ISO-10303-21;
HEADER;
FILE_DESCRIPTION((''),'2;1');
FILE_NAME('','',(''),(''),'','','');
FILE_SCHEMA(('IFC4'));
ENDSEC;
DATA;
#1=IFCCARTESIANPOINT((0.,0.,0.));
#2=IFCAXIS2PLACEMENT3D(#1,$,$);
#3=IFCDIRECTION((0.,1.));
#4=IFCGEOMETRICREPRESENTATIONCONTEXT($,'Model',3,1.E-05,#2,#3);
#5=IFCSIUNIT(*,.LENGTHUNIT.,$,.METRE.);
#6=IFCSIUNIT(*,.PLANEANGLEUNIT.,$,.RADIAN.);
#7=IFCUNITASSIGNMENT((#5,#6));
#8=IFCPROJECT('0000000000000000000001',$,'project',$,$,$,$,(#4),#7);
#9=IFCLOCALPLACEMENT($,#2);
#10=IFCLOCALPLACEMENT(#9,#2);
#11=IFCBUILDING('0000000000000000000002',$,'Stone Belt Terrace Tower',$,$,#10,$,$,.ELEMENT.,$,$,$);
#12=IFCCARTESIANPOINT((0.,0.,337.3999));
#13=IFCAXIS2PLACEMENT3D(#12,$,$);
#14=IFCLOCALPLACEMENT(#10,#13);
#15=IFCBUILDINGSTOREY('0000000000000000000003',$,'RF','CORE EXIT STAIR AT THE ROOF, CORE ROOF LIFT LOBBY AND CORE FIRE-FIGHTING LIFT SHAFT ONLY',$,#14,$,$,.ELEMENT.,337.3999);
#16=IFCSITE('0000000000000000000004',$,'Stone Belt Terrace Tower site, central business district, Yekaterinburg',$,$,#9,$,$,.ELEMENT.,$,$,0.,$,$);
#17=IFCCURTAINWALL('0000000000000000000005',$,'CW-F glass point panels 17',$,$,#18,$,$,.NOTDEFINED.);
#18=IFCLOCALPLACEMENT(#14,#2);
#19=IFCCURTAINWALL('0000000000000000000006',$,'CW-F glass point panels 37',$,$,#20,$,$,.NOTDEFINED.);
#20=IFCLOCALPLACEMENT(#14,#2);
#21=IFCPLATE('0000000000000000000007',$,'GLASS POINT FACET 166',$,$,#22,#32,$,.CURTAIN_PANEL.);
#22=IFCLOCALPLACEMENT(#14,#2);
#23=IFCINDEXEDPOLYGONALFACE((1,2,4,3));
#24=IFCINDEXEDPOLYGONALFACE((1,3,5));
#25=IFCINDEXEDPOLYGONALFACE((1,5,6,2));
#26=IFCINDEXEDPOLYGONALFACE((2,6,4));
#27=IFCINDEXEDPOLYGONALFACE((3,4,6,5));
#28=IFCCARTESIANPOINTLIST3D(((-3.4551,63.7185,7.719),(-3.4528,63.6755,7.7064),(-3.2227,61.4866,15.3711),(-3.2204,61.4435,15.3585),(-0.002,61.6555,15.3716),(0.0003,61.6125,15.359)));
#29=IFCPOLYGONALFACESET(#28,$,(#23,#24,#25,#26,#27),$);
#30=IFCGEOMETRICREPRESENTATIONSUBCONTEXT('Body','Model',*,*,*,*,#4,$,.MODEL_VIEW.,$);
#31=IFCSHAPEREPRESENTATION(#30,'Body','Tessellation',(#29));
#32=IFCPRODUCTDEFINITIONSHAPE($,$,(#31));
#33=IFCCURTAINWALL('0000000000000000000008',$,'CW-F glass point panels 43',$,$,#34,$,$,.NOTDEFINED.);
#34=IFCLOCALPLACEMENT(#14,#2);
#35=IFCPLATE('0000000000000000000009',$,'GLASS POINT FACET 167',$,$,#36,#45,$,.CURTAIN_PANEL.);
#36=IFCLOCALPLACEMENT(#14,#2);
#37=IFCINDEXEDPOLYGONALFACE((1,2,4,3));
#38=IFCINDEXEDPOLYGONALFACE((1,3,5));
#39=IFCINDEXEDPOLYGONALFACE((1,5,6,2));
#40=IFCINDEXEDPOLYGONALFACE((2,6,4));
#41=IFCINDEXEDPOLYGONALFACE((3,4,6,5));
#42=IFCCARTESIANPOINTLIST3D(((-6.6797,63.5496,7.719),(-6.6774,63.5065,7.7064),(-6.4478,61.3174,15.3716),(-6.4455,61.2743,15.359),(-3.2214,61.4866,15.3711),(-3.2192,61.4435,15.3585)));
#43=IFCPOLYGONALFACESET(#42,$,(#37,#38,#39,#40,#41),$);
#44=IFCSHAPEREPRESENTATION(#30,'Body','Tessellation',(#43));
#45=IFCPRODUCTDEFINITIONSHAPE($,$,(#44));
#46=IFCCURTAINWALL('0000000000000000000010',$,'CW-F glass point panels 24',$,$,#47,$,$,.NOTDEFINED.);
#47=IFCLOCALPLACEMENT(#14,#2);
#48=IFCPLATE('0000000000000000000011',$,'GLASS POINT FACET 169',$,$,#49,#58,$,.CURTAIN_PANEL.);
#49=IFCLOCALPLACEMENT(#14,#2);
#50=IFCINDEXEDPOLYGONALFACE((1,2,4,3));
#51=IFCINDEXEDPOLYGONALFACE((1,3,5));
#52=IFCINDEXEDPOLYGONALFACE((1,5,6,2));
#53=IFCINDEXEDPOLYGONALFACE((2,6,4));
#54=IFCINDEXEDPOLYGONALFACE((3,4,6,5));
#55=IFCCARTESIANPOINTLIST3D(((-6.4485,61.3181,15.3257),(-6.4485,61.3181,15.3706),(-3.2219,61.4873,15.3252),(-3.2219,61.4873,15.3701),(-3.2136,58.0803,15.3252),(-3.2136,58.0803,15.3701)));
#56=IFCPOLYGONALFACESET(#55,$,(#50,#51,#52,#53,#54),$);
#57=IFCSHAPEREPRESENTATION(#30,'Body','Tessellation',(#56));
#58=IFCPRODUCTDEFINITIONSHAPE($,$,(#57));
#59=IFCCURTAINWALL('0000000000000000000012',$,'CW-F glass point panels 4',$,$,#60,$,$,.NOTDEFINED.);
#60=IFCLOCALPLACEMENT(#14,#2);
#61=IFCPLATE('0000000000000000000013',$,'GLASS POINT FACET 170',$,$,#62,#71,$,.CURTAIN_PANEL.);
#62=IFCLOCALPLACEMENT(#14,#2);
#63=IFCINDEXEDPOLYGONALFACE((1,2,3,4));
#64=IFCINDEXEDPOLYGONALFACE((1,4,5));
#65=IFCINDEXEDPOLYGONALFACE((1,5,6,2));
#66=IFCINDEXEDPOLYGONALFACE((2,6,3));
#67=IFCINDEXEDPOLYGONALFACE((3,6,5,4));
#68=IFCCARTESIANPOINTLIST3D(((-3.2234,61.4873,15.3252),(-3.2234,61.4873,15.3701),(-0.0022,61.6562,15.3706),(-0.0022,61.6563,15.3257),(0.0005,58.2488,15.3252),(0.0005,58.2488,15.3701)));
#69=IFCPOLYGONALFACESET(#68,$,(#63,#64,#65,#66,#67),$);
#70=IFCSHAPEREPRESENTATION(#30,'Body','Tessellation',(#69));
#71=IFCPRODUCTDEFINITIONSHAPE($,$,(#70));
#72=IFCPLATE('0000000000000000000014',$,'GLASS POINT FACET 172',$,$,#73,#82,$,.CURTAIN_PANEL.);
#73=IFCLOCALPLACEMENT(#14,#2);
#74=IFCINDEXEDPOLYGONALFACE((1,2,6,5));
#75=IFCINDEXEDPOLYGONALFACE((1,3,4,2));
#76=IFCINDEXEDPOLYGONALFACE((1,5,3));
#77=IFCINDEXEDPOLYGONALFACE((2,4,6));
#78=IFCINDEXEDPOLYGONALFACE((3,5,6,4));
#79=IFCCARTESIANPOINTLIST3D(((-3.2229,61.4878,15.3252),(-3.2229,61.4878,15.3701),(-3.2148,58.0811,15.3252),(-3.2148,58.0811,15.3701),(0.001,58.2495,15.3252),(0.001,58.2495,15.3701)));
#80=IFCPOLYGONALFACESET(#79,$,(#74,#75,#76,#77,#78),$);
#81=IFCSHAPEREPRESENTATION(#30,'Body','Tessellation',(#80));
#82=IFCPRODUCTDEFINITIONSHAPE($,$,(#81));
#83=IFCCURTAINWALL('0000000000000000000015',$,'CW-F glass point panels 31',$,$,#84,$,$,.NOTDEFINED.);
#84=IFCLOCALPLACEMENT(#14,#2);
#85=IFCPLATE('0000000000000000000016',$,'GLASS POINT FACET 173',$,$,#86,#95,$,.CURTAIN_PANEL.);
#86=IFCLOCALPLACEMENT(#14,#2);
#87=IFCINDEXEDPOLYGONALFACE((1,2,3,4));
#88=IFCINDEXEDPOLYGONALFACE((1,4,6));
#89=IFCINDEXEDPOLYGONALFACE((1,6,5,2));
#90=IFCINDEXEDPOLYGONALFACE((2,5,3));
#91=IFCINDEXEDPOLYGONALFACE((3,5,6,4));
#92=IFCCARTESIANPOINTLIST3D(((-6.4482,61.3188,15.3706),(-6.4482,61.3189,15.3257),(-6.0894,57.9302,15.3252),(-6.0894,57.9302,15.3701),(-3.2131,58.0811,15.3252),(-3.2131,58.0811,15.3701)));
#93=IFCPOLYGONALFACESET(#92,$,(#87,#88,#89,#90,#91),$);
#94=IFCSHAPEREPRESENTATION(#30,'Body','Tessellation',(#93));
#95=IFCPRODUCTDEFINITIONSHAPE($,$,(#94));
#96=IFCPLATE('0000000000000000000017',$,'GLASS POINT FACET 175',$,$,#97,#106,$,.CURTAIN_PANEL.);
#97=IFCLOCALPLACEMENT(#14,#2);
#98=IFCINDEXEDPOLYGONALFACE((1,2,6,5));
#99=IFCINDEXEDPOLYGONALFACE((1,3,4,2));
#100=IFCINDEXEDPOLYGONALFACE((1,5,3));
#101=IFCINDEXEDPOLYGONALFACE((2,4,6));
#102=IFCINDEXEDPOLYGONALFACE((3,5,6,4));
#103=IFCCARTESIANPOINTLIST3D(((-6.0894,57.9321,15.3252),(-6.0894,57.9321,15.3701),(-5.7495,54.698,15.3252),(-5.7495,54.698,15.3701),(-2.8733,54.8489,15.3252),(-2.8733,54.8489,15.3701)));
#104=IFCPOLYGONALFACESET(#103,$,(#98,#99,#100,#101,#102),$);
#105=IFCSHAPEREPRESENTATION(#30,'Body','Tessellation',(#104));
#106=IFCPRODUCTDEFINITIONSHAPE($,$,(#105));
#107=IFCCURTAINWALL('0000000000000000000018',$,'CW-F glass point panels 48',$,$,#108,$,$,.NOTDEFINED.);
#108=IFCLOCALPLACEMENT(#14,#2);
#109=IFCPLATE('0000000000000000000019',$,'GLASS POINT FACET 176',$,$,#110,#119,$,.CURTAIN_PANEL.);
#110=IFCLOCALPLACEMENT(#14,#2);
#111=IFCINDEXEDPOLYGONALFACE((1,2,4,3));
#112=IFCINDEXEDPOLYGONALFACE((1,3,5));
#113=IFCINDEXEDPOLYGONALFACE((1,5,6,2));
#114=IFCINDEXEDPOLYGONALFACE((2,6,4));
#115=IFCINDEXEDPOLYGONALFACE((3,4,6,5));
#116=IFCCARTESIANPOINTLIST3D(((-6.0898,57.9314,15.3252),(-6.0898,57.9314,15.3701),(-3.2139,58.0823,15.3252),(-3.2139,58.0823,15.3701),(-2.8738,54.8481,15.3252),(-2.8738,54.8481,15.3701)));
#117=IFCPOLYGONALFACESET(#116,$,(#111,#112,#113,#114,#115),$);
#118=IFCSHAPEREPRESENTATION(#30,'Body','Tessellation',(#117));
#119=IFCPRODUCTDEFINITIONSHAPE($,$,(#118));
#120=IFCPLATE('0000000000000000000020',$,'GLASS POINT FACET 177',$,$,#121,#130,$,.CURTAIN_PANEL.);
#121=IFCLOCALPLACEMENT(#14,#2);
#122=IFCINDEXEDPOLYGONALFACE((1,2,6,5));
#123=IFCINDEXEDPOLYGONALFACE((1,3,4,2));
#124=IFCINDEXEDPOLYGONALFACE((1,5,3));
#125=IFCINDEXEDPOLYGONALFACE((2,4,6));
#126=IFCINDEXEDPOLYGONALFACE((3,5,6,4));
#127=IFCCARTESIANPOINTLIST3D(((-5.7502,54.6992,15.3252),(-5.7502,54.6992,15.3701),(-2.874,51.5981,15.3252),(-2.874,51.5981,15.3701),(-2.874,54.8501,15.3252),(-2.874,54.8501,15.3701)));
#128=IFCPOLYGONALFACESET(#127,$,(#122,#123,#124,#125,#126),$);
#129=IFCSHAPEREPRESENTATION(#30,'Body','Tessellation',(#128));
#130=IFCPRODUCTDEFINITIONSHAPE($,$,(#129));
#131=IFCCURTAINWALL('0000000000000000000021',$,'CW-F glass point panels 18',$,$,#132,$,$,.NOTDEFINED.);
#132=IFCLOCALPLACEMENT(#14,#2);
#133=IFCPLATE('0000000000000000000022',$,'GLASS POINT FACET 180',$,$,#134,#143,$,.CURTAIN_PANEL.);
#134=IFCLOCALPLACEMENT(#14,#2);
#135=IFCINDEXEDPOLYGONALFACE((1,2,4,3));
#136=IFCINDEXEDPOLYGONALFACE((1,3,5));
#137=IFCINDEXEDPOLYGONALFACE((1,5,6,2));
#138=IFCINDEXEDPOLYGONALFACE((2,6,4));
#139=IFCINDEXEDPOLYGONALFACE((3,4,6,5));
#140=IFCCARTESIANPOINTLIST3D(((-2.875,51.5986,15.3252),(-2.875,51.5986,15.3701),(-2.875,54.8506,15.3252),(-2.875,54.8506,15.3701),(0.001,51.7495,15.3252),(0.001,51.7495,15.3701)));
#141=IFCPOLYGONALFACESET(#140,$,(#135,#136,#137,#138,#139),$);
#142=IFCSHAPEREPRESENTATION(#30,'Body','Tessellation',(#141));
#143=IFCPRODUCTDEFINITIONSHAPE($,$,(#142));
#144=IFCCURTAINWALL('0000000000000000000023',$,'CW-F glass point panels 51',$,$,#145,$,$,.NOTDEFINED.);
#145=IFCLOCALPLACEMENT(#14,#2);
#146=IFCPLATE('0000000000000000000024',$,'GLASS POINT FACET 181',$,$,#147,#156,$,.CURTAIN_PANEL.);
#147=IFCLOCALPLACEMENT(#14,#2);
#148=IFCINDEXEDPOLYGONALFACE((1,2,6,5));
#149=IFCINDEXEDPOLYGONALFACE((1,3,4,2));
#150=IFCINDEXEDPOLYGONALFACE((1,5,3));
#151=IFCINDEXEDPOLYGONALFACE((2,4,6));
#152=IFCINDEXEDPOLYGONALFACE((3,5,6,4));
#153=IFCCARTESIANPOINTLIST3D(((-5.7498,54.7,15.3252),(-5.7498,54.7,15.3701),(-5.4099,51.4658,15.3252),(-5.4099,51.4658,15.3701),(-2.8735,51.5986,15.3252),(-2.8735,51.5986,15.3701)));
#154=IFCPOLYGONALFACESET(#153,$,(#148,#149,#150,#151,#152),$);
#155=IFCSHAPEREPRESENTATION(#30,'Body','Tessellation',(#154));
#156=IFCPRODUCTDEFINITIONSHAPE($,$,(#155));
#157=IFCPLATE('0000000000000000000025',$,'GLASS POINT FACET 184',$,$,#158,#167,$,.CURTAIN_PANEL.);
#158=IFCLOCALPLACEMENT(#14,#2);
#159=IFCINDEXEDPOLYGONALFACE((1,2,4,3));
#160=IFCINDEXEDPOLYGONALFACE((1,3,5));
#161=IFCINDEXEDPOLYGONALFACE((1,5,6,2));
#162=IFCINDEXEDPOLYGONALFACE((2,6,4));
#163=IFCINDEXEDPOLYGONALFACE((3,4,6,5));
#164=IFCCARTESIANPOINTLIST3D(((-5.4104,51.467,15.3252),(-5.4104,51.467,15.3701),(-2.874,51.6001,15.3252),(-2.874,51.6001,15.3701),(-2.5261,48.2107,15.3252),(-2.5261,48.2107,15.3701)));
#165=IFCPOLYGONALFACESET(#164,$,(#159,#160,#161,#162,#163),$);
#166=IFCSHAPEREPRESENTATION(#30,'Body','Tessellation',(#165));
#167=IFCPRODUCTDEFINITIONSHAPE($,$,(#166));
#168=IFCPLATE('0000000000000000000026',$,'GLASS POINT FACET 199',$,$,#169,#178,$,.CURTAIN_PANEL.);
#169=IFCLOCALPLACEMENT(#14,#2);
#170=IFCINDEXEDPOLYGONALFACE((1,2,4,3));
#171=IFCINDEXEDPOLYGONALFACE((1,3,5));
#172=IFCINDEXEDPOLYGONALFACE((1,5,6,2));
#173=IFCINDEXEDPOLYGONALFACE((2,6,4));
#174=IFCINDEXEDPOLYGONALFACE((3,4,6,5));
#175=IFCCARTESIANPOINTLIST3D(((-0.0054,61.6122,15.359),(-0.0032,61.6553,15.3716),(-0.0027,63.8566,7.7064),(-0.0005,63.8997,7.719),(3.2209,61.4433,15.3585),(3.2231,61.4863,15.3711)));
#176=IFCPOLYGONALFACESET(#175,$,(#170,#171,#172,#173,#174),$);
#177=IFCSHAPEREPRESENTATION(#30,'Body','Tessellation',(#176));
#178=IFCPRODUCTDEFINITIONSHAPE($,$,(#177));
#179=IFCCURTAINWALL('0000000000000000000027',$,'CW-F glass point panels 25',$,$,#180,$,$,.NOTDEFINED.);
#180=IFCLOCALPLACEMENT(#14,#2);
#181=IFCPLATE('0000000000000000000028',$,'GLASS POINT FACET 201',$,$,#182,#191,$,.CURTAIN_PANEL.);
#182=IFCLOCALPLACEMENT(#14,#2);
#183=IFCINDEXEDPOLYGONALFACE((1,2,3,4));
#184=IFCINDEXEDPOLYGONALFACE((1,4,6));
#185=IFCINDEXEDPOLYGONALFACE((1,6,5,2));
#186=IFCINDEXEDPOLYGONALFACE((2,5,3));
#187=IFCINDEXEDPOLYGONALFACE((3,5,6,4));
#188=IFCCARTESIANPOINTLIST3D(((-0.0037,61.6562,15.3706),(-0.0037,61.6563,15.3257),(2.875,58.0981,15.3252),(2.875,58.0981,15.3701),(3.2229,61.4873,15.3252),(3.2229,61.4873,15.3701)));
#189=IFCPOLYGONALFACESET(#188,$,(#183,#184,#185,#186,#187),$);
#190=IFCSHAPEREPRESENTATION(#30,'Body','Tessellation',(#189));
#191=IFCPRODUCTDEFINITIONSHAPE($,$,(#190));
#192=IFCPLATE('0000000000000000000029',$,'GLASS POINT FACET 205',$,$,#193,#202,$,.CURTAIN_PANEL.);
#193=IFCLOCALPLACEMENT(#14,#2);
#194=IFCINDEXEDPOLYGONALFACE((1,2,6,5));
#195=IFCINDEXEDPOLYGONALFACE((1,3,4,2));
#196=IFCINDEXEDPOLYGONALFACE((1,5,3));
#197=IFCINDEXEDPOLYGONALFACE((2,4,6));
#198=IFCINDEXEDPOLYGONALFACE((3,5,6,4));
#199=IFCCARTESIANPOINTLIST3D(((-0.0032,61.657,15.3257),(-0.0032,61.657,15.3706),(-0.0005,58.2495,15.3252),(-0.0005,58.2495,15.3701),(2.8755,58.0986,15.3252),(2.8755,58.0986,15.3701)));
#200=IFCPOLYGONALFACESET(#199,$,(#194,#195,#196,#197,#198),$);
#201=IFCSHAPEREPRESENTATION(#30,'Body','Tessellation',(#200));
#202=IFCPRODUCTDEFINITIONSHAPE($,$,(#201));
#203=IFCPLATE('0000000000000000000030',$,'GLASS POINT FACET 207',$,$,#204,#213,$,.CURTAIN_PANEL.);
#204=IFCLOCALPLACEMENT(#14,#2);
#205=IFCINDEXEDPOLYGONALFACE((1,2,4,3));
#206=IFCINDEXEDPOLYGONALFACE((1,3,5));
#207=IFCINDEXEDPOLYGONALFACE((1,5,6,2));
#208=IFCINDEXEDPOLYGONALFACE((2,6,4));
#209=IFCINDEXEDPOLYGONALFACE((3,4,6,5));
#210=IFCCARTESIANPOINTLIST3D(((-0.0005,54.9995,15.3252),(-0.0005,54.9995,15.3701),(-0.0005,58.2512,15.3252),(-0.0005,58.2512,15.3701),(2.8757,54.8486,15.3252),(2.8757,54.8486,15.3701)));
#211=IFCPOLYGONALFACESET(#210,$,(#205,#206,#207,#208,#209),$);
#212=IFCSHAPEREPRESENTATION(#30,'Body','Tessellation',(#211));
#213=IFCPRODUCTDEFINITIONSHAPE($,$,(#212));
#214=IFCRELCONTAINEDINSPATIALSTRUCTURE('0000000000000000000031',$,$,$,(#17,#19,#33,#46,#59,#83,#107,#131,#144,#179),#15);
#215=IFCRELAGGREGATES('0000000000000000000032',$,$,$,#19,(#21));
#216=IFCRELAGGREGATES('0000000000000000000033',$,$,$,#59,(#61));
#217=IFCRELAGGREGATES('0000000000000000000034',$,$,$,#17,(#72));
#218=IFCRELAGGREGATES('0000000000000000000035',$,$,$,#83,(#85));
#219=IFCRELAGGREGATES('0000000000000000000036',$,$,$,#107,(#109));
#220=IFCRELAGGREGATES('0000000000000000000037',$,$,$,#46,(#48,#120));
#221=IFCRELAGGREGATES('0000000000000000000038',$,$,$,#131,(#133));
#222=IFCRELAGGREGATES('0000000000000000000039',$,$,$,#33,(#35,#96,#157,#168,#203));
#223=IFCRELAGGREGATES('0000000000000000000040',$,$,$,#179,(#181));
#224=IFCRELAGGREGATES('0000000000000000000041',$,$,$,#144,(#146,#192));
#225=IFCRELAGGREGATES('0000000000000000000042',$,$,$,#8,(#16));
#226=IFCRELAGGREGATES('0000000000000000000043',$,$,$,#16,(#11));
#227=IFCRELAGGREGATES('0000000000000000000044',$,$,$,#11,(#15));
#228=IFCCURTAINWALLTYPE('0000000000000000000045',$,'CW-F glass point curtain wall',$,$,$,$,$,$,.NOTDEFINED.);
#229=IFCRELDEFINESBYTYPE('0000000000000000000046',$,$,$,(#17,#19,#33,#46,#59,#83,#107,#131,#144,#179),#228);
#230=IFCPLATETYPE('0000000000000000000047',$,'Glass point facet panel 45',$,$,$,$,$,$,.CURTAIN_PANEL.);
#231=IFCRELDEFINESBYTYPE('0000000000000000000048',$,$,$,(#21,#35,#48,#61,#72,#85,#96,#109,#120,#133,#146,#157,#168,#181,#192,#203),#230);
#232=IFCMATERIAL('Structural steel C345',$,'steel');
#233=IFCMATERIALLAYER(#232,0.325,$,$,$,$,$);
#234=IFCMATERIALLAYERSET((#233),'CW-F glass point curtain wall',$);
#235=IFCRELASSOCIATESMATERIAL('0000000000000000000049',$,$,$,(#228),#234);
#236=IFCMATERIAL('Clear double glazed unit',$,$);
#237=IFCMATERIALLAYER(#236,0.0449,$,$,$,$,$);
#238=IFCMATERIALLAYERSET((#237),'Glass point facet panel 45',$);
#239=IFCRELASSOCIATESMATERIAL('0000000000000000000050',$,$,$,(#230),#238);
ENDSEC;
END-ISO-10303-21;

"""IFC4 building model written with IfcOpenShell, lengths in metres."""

from ifc_helpers import new_model, si_unit, direction, frame, origin, place, context, subcontext, project, spatial, polyline, outline, extrude, material, layer, layer_set, type_object, element, aggregate, save


model = new_model("IFC4")

# Units and contexts
model_context = context("Model", 3, precision=1e-05, world=origin(), true_north=direction((0.0, 1.0)))
body_context = subcontext(model_context, "Body", "Model", "MODEL_VIEW")
ifc_project = project(units=[si_unit("LENGTHUNIT", "METRE"), si_unit("PLANEANGLEUNIT", "RADIAN")], contexts=[model_context])

# Site, building, storey
site_placement = place(None, origin())
site = spatial("IfcSite", under=ifc_project, at=site_placement, Name="Stone Belt Terrace Tower site, central business district, Yekaterinburg", CompositionType="ELEMENT", RefElevation=0.0)
building_placement = place(site_placement, origin())
building = spatial("IfcBuilding", under=site, at=building_placement, Name="Stone Belt Terrace Tower", CompositionType="ELEMENT")
storey_placement = place(building_placement, frame((0.0, 0.0, 337.3999)))
storey = spatial("IfcBuildingStorey", under=building, at=storey_placement, Name="RF", Description="CORE EXIT STAIR AT THE ROOF, CORE ROOF LIFT LOBBY AND CORE FIRE-FIGHTING LIFT SHAFT ONLY", CompositionType="ELEMENT", Elevation=337.3999)

# Shared definitions
ifc_material_1 = material(Name="Structural steel C345", Category="steel")

# Curtain walls
ifc_layer_1 = layer(ifc_material_1, 0.325)
ifc_layer_set_1 = layer_set([ifc_layer_1], Name="CW-F glass point curtain wall")
curtain_wall_type = type_object("IfcCurtainWallType", Name="CW-F glass point curtain wall", PredefinedType="NOTDEFINED", material=ifc_layer_set_1)
curtain_wall_1_placement = place(storey_placement, origin())
curtain_wall_1 = element("IfcCurtainWall", 1, at=curtain_wall_1_placement, inside=storey, type_object=curtain_wall_type, Name="CW-F glass point panels 17", PredefinedType="NOTDEFINED")
ifc_material_2 = material(Name="Clear double glazed unit")
ifc_layer_2 = layer(ifc_material_2, 0.0449)
ifc_layer_set_2 = layer_set([ifc_layer_2], Name="Glass point facet panel 45")
plate_type = type_object("IfcPlateType", Name="Glass point facet panel 45", PredefinedType="CURTAIN_PANEL", material=ifc_layer_set_2)
curtain_wall_2_placement = place(storey_placement, origin())
curtain_wall_2 = element("IfcCurtainWall", 2, at=curtain_wall_2_placement, inside=storey, type_object=curtain_wall_type, Name="CW-F glass point panels 37", PredefinedType="NOTDEFINED")

# Plate
plate_1_placement = place(storey_placement, frame((-0.002, 61.6555, 15.3716), z_axis=(-0.050315, 0.95837, 0.281062), x_axis=(-0.998627, -0.052384, -0.000151)))
plate_1 = element("IfcPlate", 3, at=plate_1_placement, type_object=plate_type, Name="GLASS POINT FACET 166", PredefinedType="CURTAIN_PANEL", context=body_context, shape_type="SweptSolid", body=[
    extrude(outline(polyline([(0.0, 0.0), (3.2251, 0.0), (3.3415, -7.9735), (0.0, 0.0)])), origin(), (0.0, 0.0, -1.0), 0.0449),
])
aggregate(curtain_wall_2, [plate_1])

# Curtain walls, plates
curtain_wall_3_placement = place(storey_placement, origin())
curtain_wall_3 = element("IfcCurtainWall", 4, at=curtain_wall_3_placement, inside=storey, type_object=curtain_wall_type, Name="CW-F glass point panels 43", PredefinedType="NOTDEFINED")
plate_2_placement = place(storey_placement, frame((-6.4478, 61.3174, 15.3716), z_axis=(-0.050215, 0.958373, 0.281069), x_axis=(-0.029083, 0.279902, -0.959588)))
plate_2 = element("IfcPlate", 5, at=plate_2_placement, type_object=plate_type, Name="GLASS POINT FACET 167", PredefinedType="CURTAIN_PANEL", context=body_context, shape_type="SweptSolid", body=[
    extrude(outline(polyline([(0.0, 0.0), (7.9749, 0.0), (-0.046, -3.2304), (0.0, 0.0)])), origin(), (0.0, 0.0, -1.0), 0.0449),
])
curtain_wall_4_placement = place(storey_placement, origin())
curtain_wall_4 = element("IfcCurtainWall", 6, at=curtain_wall_4_placement, inside=storey, type_object=curtain_wall_type, Name="CW-F glass point panels 24", PredefinedType="NOTDEFINED")
plate_3_placement = place(storey_placement, frame((-6.4485, 61.3181, 15.3706), z_axis=(0.000151, 0.0, 1.0), x_axis=(0.998628, 0.052364, -0.000151)))
plate_3 = element("IfcPlate", 7, at=plate_3_placement, type_object=plate_type, Name="GLASS POINT FACET 169", PredefinedType="CURTAIN_PANEL", context=body_context, shape_type="SweptSolid", body=[
    extrude(outline(polyline([(0.0, 0.0), (3.231, 0.0), (3.0609, -3.4027), (0.0, 0.0)])), origin(), (0.0, 0.0, -1.0), 0.0449),
])
curtain_wall_5_placement = place(storey_placement, origin())
curtain_wall_5 = element("IfcCurtainWall", 8, at=curtain_wall_5_placement, inside=storey, type_object=curtain_wall_type, Name="CW-F glass point panels 4", PredefinedType="NOTDEFINED")
plate_4_placement = place(storey_placement, frame((-0.0022, 61.6562, 15.3706), z_axis=(-0.000144, -0.000143, 1.0), x_axis=(0.000788, -1.0, -0.000143)))
plate_4 = element("IfcPlate", 9, at=plate_4_placement, type_object=plate_type, Name="GLASS POINT FACET 170", PredefinedType="CURTAIN_PANEL", context=body_context, shape_type="SweptSolid", body=[
    extrude(outline(polyline([(0.0, 0.0), (3.4075, 0.0), (0.1664, -3.2213), (0.0, 0.0)])), origin(), (0.0, 0.0, -1.0), 0.0449),
])
aggregate(curtain_wall_5, [plate_4])

# Plate
plate_5_placement = place(storey_placement, frame((-3.2229, 61.4878, 15.3701), z_axis=(0.0, 0.0, 1.0), x_axis=(0.705529, -0.708681, 0.0)))
plate_5 = element("IfcPlate", 10, at=plate_5_placement, type_object=plate_type, Name="GLASS POINT FACET 172", PredefinedType="CURTAIN_PANEL", context=body_context, shape_type="SweptSolid", body=[
    extrude(outline(polyline([(0.0, 0.0), (4.5694, 0.0), (2.42, -2.3978), (0.0, 0.0)])), origin(), (0.0, 0.0, -1.0), 0.0449),
])
aggregate(curtain_wall_1, [plate_5])

# Curtain wall, plate
curtain_wall_6_placement = place(storey_placement, origin())
curtain_wall_6 = element("IfcCurtainWall", 11, at=curtain_wall_6_placement, inside=storey, type_object=curtain_wall_type, Name="CW-F glass point panels 31", PredefinedType="NOTDEFINED")
plate_6_placement = place(storey_placement, frame((-6.4482, 61.3188, 15.3706), z_axis=(0.000008, -0.000143, 1.0), x_axis=(0.706813, -0.7074, -0.000107)))
plate_6 = element("IfcPlate", 12, at=plate_6_placement, type_object=plate_type, Name="GLASS POINT FACET 173", PredefinedType="CURTAIN_PANEL", context=body_context, shape_type="SweptSolid", body=[
    extrude(outline(polyline([(0.0, 0.0), (4.577, 0.0), (2.6508, -2.1413), (0.0, 0.0)])), origin(), (0.0, 0.0, -1.0), 0.0449),
])
aggregate(curtain_wall_6, [plate_6])

# Plate
plate_7_placement = place(storey_placement, frame((-5.7495, 54.698, 15.3701), z_axis=(0.0, 0.0, 1.0), x_axis=(-0.104505, 0.994524, 0.0)))
plate_7 = element("IfcPlate", 13, at=plate_7_placement, type_object=plate_type, Name="GLASS POINT FACET 175", PredefinedType="CURTAIN_PANEL", context=body_context, shape_type="SweptSolid", body=[
    extrude(outline(polyline([(0.0, 0.0), (3.2519, 0.0), (-0.1505, -2.8762), (0.0, 0.0)])), origin(), (0.0, 0.0, -1.0), 0.0449),
])

# Curtain wall, plate
curtain_wall_7_placement = place(storey_placement, origin())
curtain_wall_7 = element("IfcCurtainWall", 14, at=curtain_wall_7_placement, inside=storey, type_object=curtain_wall_type, Name="CW-F glass point panels 48", PredefinedType="NOTDEFINED")
plate_8_placement = place(storey_placement, frame((-3.2139, 58.0823, 15.3701), z_axis=(0.0, 0.0, 1.0), x_axis=(0.104579, -0.994517, 0.0)))
plate_8 = element("IfcPlate", 15, at=plate_8_placement, type_object=plate_type, Name="GLASS POINT FACET 176", PredefinedType="CURTAIN_PANEL", context=body_context, shape_type="SweptSolid", body=[
    extrude(outline(polyline([(0.0, 0.0), (3.252, 0.0), (-0.1507, -2.876), (0.0, 0.0)])), origin(), (0.0, 0.0, -1.0), 0.0449),
])
aggregate(curtain_wall_7, [plate_8])

# Plate
plate_9_placement = place(storey_placement, frame((-5.7502, 54.6992, 15.3701), z_axis=(0.0, 0.0, 1.0), x_axis=(0.998627, 0.052385, 0.0)))
plate_9 = element("IfcPlate", 16, at=plate_9_placement, type_object=plate_type, Name="GLASS POINT FACET 177", PredefinedType="CURTAIN_PANEL", context=body_context, shape_type="SweptSolid", body=[
    extrude(outline(polyline([(0.0, 0.0), (2.8802, 0.0), (2.7098, -3.2475), (0.0, 0.0)])), origin(), (0.0, 0.0, -1.0), 0.0449),
])
aggregate(curtain_wall_4, [plate_3, plate_9])

# Curtain walls, plates
curtain_wall_8_placement = place(storey_placement, origin())
curtain_wall_8 = element("IfcCurtainWall", 17, at=curtain_wall_8_placement, inside=storey, type_object=curtain_wall_type, Name="CW-F glass point panels 18", PredefinedType="NOTDEFINED")
plate_10_placement = place(storey_placement, frame((-2.875, 54.8506, 15.3701), z_axis=(0.0, 0.0, 1.0), x_axis=(0.679995, -0.733217, 0.0)))
plate_10 = element("IfcPlate", 18, at=plate_10_placement, type_object=plate_type, Name="GLASS POINT FACET 180", PredefinedType="CURTAIN_PANEL", context=body_context, shape_type="SweptSolid", body=[
    extrude(outline(polyline([(0.0, 0.0), (4.2294, 0.0), (2.3844, -2.2113), (0.0, 0.0)])), origin(), (0.0, 0.0, -1.0), 0.0449),
])
aggregate(curtain_wall_8, [plate_10])
curtain_wall_9_placement = place(storey_placement, origin())
curtain_wall_9 = element("IfcCurtainWall", 19, at=curtain_wall_9_placement, inside=storey, type_object=curtain_wall_type, Name="CW-F glass point panels 51", PredefinedType="NOTDEFINED")
plate_11_placement = place(storey_placement, frame((-5.7498, 54.7, 15.3701), z_axis=(0.0, 0.0, 1.0), x_axis=(0.679997, -0.733215, 0.0)))
plate_11 = element("IfcPlate", 20, at=plate_11_placement, type_object=plate_type, Name="GLASS POINT FACET 181", PredefinedType="CURTAIN_PANEL", context=body_context, shape_type="SweptSolid", body=[
    extrude(outline(polyline([(0.0, 0.0), (4.2298, 0.0), (2.6024, -1.95), (0.0, 0.0)])), origin(), (0.0, 0.0, -1.0), 0.0449),
])

# Plates
plate_12_placement = place(storey_placement, frame((-2.874, 51.6001, 15.3701), z_axis=(0.0, 0.0, 1.0), x_axis=(0.102107, -0.994773, 0.0)))
plate_12 = element("IfcPlate", 21, at=plate_12_placement, type_object=plate_type, Name="GLASS POINT FACET 184", PredefinedType="CURTAIN_PANEL", context=body_context, shape_type="SweptSolid", body=[
    extrude(outline(polyline([(0.0, 0.0), (3.4072, 0.0), (-0.1266, -2.5367), (0.0, 0.0)])), origin(), (0.0, 0.0, -1.0), 0.0449),
])
plate_13_placement = place(storey_placement, frame((-0.0032, 61.6553, 15.3716), z_axis=(0.050227, 0.958366, 0.281091), x_axis=(0.000337, 0.28143, -0.959582)))
plate_13 = element("IfcPlate", 22, at=plate_13_placement, type_object=plate_type, Name="GLASS POINT FACET 199", PredefinedType="CURTAIN_PANEL", context=body_context, shape_type="SweptSolid", body=[
    extrude(outline(polyline([(0.0, 0.0), (7.9749, 0.0), (-0.046, -3.2304), (0.0, 0.0)])), origin(), (0.0, 0.0, -1.0), 0.0449),
])

# Curtain wall, plate
curtain_wall_10_placement = place(storey_placement, origin())
curtain_wall_10 = element("IfcCurtainWall", 23, at=curtain_wall_10_placement, inside=storey, type_object=curtain_wall_type, Name="CW-F glass point panels 25", PredefinedType="NOTDEFINED")
plate_14_placement = place(storey_placement, frame((-0.0037, 61.6562, 15.3706), z_axis=(0.000151, -0.000015, 1.0), x_axis=(0.998632, -0.052289, -0.000151)))
plate_14 = element("IfcPlate", 24, at=plate_14_placement, type_object=plate_type, Name="GLASS POINT FACET 201", PredefinedType="CURTAIN_PANEL", context=body_context, shape_type="SweptSolid", body=[
    extrude(outline(polyline([(0.0, 0.0), (3.231, 0.0), (3.0608, -3.4027), (0.0, 0.0)])), origin(), (0.0, 0.0, -1.0), 0.0449),
])

# Plates
plate_15_placement = place(storey_placement, frame((-0.0032, 61.657, 15.3706), z_axis=(-0.000008, -0.000143, 1.0), x_axis=(0.628947, -0.777449, -0.000107)))
plate_15 = element("IfcPlate", 25, at=plate_15_placement, type_object=plate_type, Name="GLASS POINT FACET 205", PredefinedType="CURTAIN_PANEL", context=body_context, shape_type="SweptSolid", body=[
    extrude(outline(polyline([(0.0, 0.0), (4.577, 0.0), (2.6508, -2.141), (0.0, 0.0)])), origin(), (0.0, 0.0, -1.0), 0.0449),
])
plate_16_placement = place(storey_placement, frame((-0.0005, 54.9995, 15.3701), z_axis=(0.0, 0.0, 1.0), x_axis=(0.0, 1.0, 0.0)))
plate_16 = element("IfcPlate", 26, at=plate_16_placement, type_object=plate_type, Name="GLASS POINT FACET 207", PredefinedType="CURTAIN_PANEL", context=body_context, shape_type="SweptSolid", body=[
    extrude(outline(polyline([(0.0, 0.0), (3.2517, 0.0), (-0.1509, -2.8762), (0.0, 0.0)])), origin(), (0.0, 0.0, -1.0), 0.0449),
])
aggregate(curtain_wall_3, [plate_2, plate_7, plate_12, plate_13, plate_16])
aggregate(curtain_wall_10, [plate_14])
aggregate(curtain_wall_9, [plate_11, plate_15])

save(model, "model.ifc")
